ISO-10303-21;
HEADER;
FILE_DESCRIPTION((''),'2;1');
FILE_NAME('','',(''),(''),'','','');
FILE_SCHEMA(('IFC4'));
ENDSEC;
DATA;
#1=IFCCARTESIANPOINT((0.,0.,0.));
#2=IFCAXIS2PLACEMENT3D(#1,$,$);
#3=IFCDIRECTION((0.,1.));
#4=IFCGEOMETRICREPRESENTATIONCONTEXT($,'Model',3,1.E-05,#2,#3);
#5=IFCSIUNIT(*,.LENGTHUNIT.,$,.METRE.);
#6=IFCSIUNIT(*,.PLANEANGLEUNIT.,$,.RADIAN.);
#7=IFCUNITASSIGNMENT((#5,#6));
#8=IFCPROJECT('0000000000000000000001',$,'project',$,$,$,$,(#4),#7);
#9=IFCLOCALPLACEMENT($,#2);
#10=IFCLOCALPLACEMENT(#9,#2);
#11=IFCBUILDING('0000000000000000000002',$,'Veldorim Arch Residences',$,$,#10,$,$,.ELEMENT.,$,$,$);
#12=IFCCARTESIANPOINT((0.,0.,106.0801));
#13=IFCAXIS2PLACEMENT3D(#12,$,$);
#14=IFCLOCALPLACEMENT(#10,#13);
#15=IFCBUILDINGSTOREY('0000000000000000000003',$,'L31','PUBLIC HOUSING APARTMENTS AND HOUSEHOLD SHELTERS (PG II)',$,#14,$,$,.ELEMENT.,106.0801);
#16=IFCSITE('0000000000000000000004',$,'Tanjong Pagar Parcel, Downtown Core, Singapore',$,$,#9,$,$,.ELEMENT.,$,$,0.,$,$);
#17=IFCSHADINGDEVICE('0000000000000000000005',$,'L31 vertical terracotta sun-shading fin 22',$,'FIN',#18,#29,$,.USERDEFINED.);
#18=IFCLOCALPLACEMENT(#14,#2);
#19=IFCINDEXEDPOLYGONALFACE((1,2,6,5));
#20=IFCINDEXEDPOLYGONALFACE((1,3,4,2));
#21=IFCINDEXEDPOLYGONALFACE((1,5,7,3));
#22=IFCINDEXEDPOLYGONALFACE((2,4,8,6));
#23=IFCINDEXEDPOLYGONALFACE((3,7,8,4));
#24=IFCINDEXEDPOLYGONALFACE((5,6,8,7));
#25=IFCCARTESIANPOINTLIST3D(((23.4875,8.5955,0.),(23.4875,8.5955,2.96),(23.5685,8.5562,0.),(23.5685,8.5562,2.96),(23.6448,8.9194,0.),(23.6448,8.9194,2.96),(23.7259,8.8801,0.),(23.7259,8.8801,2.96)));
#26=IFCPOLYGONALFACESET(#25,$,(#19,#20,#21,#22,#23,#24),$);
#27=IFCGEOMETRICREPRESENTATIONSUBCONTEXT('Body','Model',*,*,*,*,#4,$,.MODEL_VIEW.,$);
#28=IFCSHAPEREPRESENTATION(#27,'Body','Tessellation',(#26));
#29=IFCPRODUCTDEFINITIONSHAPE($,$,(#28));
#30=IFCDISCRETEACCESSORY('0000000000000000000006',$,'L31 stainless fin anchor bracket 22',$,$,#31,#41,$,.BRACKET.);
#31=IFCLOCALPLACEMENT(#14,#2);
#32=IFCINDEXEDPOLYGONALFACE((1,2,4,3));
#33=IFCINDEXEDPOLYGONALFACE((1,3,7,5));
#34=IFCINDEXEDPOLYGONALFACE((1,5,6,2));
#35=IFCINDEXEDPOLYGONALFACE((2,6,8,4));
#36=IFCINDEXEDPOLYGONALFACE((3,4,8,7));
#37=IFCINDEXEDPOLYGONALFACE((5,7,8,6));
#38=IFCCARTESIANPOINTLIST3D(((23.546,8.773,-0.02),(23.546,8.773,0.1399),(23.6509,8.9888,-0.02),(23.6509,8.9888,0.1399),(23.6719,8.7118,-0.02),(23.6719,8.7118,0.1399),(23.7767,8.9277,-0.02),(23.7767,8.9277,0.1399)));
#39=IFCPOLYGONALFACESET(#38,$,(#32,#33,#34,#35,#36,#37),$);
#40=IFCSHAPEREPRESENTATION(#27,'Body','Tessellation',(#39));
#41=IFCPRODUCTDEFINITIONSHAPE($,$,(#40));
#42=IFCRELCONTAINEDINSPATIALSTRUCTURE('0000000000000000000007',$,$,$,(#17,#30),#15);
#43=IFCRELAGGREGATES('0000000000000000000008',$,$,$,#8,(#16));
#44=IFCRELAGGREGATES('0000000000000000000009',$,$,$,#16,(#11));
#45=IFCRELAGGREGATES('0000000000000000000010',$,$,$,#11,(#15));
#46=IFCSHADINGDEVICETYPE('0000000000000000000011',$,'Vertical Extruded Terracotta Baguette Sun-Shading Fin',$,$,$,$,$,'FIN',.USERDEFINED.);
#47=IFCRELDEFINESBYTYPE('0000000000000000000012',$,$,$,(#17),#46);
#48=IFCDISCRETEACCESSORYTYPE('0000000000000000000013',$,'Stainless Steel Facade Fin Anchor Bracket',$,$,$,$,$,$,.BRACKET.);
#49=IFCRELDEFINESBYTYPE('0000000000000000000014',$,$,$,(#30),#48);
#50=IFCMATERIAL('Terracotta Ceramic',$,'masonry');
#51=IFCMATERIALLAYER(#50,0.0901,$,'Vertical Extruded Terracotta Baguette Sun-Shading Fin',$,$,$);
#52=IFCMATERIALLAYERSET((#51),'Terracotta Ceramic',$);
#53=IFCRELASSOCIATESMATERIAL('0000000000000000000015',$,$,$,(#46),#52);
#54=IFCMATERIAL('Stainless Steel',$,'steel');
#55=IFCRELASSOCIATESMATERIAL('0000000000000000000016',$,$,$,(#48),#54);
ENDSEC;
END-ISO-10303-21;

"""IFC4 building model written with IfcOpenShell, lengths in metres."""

from ifc_helpers import new_model, si_unit, direction, frame, origin, origin_2d, place, context, subcontext, project, spatial, rectangle, extrude, material, layer, layer_set, type_object, element, save


model = new_model("IFC4")

# Units and contexts
model_context = context("Model", 3, precision=1e-05, world=origin(), true_north=direction((0.0, 1.0)))
body_context = subcontext(model_context, "Body", "Model", "MODEL_VIEW")
ifc_project = project(units=[si_unit("LENGTHUNIT", "METRE"), si_unit("PLANEANGLEUNIT", "RADIAN")], contexts=[model_context])

# Site, building, storey
site_placement = place(None, origin())
site = spatial("IfcSite", under=ifc_project, at=site_placement, Name="Tanjong Pagar Parcel, Downtown Core, Singapore", CompositionType="ELEMENT", RefElevation=0.0)
building_placement = place(site_placement, origin())
building = spatial("IfcBuilding", under=site, at=building_placement, Name="Veldorim Arch Residences", CompositionType="ELEMENT")
storey_placement = place(building_placement, frame((0.0, 0.0, 106.0801)))
storey = spatial("IfcBuildingStorey", under=building, at=storey_placement, Name="L31", Description="PUBLIC HOUSING APARTMENTS AND HOUSEHOLD SHELTERS (PG II)", CompositionType="ELEMENT", Elevation=106.0801)

# Shading device
ifc_material_1 = material(Name="Terracotta Ceramic", Category="masonry")
ifc_layer_1 = layer(ifc_material_1, 0.0901, Name="Vertical Extruded Terracotta Baguette Sun-Shading Fin")
ifc_layer_set_1 = layer_set([ifc_layer_1], Name="Terracotta Ceramic")
shading_device_type = type_object("IfcShadingDeviceType", Name="Vertical Extruded Terracotta Baguette Sun-Shading Fin", ElementType="FIN", PredefinedType="USERDEFINED", material=ifc_layer_set_1)
shading_device_placement = place(storey_placement, frame((23.6067, 8.7378, 0.0), z_axis=(0.0, 0.0, 1.0), x_axis=(-0.899482, 0.436959, 0.0)))
element("IfcShadingDevice", 1, at=shading_device_placement, inside=storey, type_object=shading_device_type, Name="L31 vertical terracotta sun-shading fin 22", ObjectType="FIN", PredefinedType="USERDEFINED", context=body_context, shape_type="SweptSolid", body=[
    extrude(rectangle(XDim=0.0901, YDim=0.3601, at=origin_2d()), origin(), (0.0, 0.0, 1.0), 2.96),
])

# Discrete accessory
ifc_material_2 = material(Name="Stainless Steel", Category="steel")
discrete_accessory_type = type_object("IfcDiscreteAccessoryType", Name="Stainless Steel Facade Fin Anchor Bracket", PredefinedType="BRACKET", material=ifc_material_2)
discrete_accessory_placement = place(storey_placement, frame((23.6614, 8.8503, -0.02), z_axis=(0.0, 0.0, 1.0), x_axis=(-0.899482, 0.436959, 0.0)))
element("IfcDiscreteAccessory", 2, at=discrete_accessory_placement, inside=storey, type_object=discrete_accessory_type, Name="L31 stainless fin anchor bracket 22", PredefinedType="BRACKET", context=body_context, shape_type="SweptSolid", body=[
    extrude(rectangle(XDim=0.1399, YDim=0.24, at=origin_2d()), origin(), (0.0, 0.0, 1.0), 0.1599),
])

save(model, "model.ifc")
